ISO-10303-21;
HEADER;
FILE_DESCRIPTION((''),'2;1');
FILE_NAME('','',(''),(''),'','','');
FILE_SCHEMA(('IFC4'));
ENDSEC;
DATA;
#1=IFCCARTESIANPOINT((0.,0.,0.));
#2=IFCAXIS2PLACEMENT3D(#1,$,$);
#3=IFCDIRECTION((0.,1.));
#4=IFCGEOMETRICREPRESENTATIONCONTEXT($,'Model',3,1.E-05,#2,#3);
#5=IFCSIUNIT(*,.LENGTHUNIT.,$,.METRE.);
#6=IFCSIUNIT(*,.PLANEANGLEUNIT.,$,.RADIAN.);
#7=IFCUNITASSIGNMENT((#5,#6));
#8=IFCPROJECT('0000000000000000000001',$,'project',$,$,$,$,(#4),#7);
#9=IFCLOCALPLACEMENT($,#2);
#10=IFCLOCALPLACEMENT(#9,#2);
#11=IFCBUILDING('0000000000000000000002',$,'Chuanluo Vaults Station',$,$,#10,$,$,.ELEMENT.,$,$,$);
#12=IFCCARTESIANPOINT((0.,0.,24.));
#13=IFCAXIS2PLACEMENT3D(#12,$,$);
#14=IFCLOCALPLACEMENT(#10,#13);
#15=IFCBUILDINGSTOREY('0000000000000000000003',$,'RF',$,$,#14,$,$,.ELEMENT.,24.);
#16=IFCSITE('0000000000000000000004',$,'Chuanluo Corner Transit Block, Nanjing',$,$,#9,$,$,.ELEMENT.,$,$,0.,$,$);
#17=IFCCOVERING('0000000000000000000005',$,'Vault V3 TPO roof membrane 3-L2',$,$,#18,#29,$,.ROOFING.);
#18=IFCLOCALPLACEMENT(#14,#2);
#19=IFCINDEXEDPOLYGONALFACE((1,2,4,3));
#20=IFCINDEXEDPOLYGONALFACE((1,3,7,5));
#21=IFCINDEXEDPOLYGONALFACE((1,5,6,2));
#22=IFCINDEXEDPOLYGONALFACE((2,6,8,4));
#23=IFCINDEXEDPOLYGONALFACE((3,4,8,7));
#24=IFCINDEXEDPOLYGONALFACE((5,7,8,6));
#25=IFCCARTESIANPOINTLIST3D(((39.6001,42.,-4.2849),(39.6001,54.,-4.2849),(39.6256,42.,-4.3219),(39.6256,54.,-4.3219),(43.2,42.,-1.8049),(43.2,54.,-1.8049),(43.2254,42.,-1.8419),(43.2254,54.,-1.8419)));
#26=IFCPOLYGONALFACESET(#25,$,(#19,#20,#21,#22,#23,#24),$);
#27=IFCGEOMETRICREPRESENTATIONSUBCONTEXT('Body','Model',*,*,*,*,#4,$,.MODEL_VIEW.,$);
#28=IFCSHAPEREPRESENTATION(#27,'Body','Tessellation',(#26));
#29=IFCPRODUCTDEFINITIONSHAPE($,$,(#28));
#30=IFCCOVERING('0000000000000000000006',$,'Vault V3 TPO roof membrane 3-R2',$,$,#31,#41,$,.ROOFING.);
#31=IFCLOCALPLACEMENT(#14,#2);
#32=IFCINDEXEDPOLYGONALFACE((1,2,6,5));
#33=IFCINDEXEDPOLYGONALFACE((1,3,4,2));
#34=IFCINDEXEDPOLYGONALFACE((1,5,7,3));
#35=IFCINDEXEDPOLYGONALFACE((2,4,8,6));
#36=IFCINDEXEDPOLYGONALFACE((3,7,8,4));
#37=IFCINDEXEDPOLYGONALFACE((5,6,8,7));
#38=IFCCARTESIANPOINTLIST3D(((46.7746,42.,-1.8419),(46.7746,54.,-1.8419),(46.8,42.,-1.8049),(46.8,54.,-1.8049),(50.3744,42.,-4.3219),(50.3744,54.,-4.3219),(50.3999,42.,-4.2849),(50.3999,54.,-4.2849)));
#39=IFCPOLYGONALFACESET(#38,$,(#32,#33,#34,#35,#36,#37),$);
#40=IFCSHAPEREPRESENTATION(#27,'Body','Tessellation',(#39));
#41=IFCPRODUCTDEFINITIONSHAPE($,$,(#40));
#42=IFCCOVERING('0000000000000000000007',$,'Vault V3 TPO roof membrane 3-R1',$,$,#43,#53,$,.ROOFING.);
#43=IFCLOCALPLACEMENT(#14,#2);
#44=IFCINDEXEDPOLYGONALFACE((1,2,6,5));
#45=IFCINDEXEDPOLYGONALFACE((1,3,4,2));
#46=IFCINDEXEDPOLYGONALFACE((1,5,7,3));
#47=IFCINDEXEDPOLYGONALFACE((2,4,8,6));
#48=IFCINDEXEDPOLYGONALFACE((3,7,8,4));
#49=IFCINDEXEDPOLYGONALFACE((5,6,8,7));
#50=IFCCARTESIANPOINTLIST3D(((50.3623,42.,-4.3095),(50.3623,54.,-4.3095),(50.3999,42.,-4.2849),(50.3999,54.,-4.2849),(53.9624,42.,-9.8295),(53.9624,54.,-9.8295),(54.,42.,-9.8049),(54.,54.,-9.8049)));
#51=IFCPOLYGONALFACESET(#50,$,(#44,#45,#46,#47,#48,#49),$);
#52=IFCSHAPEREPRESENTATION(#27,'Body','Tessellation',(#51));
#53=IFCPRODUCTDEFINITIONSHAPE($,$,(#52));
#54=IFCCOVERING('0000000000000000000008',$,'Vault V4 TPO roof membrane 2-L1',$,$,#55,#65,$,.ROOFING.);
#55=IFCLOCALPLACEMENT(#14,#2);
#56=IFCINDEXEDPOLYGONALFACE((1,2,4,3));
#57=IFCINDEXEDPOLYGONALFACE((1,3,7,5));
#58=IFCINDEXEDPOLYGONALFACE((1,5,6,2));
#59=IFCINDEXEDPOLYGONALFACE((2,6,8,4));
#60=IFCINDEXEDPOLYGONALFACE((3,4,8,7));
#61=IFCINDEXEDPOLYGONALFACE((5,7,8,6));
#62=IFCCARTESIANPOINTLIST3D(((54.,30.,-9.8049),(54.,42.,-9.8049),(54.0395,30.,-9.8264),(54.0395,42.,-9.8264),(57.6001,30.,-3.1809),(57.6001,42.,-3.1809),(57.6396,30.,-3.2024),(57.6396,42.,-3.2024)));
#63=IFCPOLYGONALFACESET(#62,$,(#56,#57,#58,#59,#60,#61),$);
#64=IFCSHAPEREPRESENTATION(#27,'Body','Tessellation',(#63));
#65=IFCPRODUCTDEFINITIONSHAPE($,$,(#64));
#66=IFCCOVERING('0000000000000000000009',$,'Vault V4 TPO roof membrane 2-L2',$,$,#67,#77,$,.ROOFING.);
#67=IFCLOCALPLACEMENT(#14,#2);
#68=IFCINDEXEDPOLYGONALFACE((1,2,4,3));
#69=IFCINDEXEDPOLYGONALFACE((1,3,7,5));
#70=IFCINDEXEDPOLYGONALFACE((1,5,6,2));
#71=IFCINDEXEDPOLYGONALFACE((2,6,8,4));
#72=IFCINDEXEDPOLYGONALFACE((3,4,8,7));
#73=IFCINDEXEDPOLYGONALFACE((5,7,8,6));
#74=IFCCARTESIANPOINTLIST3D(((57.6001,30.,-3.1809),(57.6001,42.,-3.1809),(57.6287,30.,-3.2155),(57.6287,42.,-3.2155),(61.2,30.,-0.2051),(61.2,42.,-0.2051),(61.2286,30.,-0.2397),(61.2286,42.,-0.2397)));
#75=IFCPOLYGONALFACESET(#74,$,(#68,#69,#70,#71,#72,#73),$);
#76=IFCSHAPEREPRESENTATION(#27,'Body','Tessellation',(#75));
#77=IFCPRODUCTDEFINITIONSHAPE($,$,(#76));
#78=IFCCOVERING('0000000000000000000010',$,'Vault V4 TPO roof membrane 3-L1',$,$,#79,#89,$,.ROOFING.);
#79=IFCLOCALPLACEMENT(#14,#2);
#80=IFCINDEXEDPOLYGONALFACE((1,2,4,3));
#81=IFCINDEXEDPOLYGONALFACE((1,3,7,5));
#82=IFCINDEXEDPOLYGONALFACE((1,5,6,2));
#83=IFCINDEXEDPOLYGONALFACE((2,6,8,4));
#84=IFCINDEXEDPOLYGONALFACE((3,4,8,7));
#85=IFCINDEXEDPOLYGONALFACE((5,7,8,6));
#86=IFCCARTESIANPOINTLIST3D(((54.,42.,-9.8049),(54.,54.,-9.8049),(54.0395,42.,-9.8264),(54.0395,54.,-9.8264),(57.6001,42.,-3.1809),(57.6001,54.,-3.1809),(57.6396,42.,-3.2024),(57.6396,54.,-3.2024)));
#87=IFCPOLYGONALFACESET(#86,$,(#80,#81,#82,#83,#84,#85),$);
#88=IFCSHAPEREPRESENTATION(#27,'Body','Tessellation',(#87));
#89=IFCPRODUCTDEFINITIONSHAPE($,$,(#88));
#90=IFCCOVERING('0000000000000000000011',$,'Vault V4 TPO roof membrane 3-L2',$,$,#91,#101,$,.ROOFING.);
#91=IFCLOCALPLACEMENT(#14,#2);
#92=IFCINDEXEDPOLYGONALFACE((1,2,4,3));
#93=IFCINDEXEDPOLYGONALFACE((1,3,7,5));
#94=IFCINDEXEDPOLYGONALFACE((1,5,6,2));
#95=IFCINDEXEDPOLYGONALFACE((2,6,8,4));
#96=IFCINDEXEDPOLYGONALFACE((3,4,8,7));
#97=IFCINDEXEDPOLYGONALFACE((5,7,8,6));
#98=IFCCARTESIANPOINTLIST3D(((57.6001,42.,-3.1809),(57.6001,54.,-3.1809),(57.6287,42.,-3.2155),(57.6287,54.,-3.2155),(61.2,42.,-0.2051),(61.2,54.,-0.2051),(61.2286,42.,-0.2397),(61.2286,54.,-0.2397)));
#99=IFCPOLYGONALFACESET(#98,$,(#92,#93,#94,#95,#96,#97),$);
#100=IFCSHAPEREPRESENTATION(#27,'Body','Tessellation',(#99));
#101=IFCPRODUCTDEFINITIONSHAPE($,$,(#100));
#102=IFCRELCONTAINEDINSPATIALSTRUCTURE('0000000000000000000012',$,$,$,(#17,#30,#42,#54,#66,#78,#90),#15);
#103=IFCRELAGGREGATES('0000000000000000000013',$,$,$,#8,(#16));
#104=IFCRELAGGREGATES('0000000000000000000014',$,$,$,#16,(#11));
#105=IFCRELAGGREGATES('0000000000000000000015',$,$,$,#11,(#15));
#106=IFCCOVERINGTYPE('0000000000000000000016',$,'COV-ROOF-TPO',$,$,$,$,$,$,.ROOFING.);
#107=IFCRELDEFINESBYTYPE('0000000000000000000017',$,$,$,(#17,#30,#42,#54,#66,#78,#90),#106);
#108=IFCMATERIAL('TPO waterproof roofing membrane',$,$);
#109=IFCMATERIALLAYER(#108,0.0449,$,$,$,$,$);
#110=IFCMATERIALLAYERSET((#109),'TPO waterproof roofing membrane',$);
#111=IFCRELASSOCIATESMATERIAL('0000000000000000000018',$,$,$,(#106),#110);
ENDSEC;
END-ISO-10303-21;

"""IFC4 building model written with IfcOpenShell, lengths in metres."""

from ifc_helpers import new_model, si_unit, direction, frame, origin, place, context, subcontext, project, spatial, polyline, outline, extrude, material, layer, layer_set, type_object, element, save


model = new_model("IFC4")

# Units and contexts
model_context = context("Model", 3, precision=1e-05, world=origin(), true_north=direction((0.0, 1.0)))
body_context = subcontext(model_context, "Body", "Model", "MODEL_VIEW")
ifc_project = project(units=[si_unit("LENGTHUNIT", "METRE"), si_unit("PLANEANGLEUNIT", "RADIAN")], contexts=[model_context])

# Site, building, storey
site_placement = place(None, origin())
site = spatial("IfcSite", under=ifc_project, at=site_placement, Name="Chuanluo Corner Transit Block, Nanjing", CompositionType="ELEMENT", RefElevation=0.0)
building_placement = place(site_placement, origin())
building = spatial("IfcBuilding", under=site, at=building_placement, Name="Chuanluo Vaults Station", CompositionType="ELEMENT")
storey_placement = place(building_placement, frame((0.0, 0.0, 24.0)))
storey = spatial("IfcBuildingStorey", under=building, at=storey_placement, Name="RF", CompositionType="ELEMENT", Elevation=24.0)

# Coverings
ifc_material_1 = material(Name="TPO waterproof roofing membrane")
ifc_layer_1 = layer(ifc_material_1, 0.0449)
ifc_layer_set_1 = layer_set([ifc_layer_1], Name="TPO waterproof roofing membrane")
covering_type = type_object("IfcCoveringType", Name="COV-ROOF-TPO", PredefinedType="ROOFING", material=ifc_layer_set_1)
for number, where, z_axis, x_axis, name in (
    (1, (39.6001, 42.0, -4.2849), (-0.567318, 0.0, 0.823499), (0.823499, 0.0, 0.567318), "Vault V3 TPO roof membrane 3-L2"),
    (2, (46.8, 42.0, -1.8049), (0.567318, 0.0, 0.823499), (0.823499, 0.0, -0.567318), "Vault V3 TPO roof membrane 3-R2"),
):
    element("IfcCovering", number, at=place(storey_placement, frame(where, z_axis=z_axis, x_axis=x_axis)), inside=storey, type_object=covering_type, Name=name, PredefinedType="ROOFING", context=body_context, shape_type="SweptSolid", body=[
        extrude(outline(polyline([(0.0, 0.0), (4.3714, 0.0), (4.3714, 12.0), (0.0, 12.0), (0.0, 0.0)])), origin(), (0.0, 0.0, -1.0), 0.0449),
    ])
covering_1_placement = place(storey_placement, frame((50.3999, 42.0, -4.2849), z_axis=(0.837605, 0.0, 0.546277), x_axis=(0.546277, 0.0, -0.837605)))
element("IfcCovering", 3, at=covering_1_placement, inside=storey, type_object=covering_type, Name="Vault V3 TPO roof membrane 3-R1", PredefinedType="ROOFING", context=body_context, shape_type="SweptSolid", body=[
    extrude(outline(polyline([(0.0, 0.0), (6.5902, 0.0), (6.5902, 12.0), (0.0, 12.0), (0.0, 0.0)])), origin(), (0.0, 0.0, -1.0), 0.0449),
])
covering_2_placement = place(storey_placement, frame((54.0, 30.0, -9.8049), z_axis=(-0.87862, 0.0, 0.477522), x_axis=(0.477522, 0.0, 0.87862)))
element("IfcCovering", 4, at=covering_2_placement, inside=storey, type_object=covering_type, Name="Vault V4 TPO roof membrane 2-L1", PredefinedType="ROOFING", context=body_context, shape_type="SweptSolid", body=[
    extrude(outline(polyline([(0.0, 0.0), (7.5391, 0.0), (7.5391, 12.0), (0.0, 12.0), (0.0, 0.0)])), origin(), (0.0, 0.0, -1.0), 0.0449),
])
covering_3_placement = place(storey_placement, frame((57.6001, 30.0, -3.1809), z_axis=(-0.637141, 0.0, 0.770747), x_axis=(0.770747, 0.0, 0.637141)))
element("IfcCovering", 5, at=covering_3_placement, inside=storey, type_object=covering_type, Name="Vault V4 TPO roof membrane 2-L2", PredefinedType="ROOFING", context=body_context, shape_type="SweptSolid", body=[
    extrude(outline(polyline([(0.0, 0.0), (4.6706, 0.0), (4.6706, 12.0), (0.0, 12.0), (0.0, 0.0)])), origin(), (0.0, 0.0, -1.0), 0.0449),
])
covering_4_placement = place(storey_placement, frame((54.0, 42.0, -9.8049), z_axis=(-0.87862, 0.0, 0.477522), x_axis=(0.477522, 0.0, 0.87862)))
element("IfcCovering", 6, at=covering_4_placement, inside=storey, type_object=covering_type, Name="Vault V4 TPO roof membrane 3-L1", PredefinedType="ROOFING", context=body_context, shape_type="SweptSolid", body=[
    extrude(outline(polyline([(0.0, 0.0), (7.5391, 0.0), (7.5391, 12.0), (0.0, 12.0), (0.0, 0.0)])), origin(), (0.0, 0.0, -1.0), 0.0449),
])
covering_5_placement = place(storey_placement, frame((57.6001, 42.0, -3.1809), z_axis=(-0.637141, 0.0, 0.770747), x_axis=(0.770747, 0.0, 0.637141)))
element("IfcCovering", 7, at=covering_5_placement, inside=storey, type_object=covering_type, Name="Vault V4 TPO roof membrane 3-L2", PredefinedType="ROOFING", context=body_context, shape_type="SweptSolid", body=[
    extrude(outline(polyline([(0.0, 0.0), (4.6706, 0.0), (4.6706, 12.0), (0.0, 12.0), (0.0, 0.0)])), origin(), (0.0, 0.0, -1.0), 0.0449),
])

save(model, "model.ifc")
